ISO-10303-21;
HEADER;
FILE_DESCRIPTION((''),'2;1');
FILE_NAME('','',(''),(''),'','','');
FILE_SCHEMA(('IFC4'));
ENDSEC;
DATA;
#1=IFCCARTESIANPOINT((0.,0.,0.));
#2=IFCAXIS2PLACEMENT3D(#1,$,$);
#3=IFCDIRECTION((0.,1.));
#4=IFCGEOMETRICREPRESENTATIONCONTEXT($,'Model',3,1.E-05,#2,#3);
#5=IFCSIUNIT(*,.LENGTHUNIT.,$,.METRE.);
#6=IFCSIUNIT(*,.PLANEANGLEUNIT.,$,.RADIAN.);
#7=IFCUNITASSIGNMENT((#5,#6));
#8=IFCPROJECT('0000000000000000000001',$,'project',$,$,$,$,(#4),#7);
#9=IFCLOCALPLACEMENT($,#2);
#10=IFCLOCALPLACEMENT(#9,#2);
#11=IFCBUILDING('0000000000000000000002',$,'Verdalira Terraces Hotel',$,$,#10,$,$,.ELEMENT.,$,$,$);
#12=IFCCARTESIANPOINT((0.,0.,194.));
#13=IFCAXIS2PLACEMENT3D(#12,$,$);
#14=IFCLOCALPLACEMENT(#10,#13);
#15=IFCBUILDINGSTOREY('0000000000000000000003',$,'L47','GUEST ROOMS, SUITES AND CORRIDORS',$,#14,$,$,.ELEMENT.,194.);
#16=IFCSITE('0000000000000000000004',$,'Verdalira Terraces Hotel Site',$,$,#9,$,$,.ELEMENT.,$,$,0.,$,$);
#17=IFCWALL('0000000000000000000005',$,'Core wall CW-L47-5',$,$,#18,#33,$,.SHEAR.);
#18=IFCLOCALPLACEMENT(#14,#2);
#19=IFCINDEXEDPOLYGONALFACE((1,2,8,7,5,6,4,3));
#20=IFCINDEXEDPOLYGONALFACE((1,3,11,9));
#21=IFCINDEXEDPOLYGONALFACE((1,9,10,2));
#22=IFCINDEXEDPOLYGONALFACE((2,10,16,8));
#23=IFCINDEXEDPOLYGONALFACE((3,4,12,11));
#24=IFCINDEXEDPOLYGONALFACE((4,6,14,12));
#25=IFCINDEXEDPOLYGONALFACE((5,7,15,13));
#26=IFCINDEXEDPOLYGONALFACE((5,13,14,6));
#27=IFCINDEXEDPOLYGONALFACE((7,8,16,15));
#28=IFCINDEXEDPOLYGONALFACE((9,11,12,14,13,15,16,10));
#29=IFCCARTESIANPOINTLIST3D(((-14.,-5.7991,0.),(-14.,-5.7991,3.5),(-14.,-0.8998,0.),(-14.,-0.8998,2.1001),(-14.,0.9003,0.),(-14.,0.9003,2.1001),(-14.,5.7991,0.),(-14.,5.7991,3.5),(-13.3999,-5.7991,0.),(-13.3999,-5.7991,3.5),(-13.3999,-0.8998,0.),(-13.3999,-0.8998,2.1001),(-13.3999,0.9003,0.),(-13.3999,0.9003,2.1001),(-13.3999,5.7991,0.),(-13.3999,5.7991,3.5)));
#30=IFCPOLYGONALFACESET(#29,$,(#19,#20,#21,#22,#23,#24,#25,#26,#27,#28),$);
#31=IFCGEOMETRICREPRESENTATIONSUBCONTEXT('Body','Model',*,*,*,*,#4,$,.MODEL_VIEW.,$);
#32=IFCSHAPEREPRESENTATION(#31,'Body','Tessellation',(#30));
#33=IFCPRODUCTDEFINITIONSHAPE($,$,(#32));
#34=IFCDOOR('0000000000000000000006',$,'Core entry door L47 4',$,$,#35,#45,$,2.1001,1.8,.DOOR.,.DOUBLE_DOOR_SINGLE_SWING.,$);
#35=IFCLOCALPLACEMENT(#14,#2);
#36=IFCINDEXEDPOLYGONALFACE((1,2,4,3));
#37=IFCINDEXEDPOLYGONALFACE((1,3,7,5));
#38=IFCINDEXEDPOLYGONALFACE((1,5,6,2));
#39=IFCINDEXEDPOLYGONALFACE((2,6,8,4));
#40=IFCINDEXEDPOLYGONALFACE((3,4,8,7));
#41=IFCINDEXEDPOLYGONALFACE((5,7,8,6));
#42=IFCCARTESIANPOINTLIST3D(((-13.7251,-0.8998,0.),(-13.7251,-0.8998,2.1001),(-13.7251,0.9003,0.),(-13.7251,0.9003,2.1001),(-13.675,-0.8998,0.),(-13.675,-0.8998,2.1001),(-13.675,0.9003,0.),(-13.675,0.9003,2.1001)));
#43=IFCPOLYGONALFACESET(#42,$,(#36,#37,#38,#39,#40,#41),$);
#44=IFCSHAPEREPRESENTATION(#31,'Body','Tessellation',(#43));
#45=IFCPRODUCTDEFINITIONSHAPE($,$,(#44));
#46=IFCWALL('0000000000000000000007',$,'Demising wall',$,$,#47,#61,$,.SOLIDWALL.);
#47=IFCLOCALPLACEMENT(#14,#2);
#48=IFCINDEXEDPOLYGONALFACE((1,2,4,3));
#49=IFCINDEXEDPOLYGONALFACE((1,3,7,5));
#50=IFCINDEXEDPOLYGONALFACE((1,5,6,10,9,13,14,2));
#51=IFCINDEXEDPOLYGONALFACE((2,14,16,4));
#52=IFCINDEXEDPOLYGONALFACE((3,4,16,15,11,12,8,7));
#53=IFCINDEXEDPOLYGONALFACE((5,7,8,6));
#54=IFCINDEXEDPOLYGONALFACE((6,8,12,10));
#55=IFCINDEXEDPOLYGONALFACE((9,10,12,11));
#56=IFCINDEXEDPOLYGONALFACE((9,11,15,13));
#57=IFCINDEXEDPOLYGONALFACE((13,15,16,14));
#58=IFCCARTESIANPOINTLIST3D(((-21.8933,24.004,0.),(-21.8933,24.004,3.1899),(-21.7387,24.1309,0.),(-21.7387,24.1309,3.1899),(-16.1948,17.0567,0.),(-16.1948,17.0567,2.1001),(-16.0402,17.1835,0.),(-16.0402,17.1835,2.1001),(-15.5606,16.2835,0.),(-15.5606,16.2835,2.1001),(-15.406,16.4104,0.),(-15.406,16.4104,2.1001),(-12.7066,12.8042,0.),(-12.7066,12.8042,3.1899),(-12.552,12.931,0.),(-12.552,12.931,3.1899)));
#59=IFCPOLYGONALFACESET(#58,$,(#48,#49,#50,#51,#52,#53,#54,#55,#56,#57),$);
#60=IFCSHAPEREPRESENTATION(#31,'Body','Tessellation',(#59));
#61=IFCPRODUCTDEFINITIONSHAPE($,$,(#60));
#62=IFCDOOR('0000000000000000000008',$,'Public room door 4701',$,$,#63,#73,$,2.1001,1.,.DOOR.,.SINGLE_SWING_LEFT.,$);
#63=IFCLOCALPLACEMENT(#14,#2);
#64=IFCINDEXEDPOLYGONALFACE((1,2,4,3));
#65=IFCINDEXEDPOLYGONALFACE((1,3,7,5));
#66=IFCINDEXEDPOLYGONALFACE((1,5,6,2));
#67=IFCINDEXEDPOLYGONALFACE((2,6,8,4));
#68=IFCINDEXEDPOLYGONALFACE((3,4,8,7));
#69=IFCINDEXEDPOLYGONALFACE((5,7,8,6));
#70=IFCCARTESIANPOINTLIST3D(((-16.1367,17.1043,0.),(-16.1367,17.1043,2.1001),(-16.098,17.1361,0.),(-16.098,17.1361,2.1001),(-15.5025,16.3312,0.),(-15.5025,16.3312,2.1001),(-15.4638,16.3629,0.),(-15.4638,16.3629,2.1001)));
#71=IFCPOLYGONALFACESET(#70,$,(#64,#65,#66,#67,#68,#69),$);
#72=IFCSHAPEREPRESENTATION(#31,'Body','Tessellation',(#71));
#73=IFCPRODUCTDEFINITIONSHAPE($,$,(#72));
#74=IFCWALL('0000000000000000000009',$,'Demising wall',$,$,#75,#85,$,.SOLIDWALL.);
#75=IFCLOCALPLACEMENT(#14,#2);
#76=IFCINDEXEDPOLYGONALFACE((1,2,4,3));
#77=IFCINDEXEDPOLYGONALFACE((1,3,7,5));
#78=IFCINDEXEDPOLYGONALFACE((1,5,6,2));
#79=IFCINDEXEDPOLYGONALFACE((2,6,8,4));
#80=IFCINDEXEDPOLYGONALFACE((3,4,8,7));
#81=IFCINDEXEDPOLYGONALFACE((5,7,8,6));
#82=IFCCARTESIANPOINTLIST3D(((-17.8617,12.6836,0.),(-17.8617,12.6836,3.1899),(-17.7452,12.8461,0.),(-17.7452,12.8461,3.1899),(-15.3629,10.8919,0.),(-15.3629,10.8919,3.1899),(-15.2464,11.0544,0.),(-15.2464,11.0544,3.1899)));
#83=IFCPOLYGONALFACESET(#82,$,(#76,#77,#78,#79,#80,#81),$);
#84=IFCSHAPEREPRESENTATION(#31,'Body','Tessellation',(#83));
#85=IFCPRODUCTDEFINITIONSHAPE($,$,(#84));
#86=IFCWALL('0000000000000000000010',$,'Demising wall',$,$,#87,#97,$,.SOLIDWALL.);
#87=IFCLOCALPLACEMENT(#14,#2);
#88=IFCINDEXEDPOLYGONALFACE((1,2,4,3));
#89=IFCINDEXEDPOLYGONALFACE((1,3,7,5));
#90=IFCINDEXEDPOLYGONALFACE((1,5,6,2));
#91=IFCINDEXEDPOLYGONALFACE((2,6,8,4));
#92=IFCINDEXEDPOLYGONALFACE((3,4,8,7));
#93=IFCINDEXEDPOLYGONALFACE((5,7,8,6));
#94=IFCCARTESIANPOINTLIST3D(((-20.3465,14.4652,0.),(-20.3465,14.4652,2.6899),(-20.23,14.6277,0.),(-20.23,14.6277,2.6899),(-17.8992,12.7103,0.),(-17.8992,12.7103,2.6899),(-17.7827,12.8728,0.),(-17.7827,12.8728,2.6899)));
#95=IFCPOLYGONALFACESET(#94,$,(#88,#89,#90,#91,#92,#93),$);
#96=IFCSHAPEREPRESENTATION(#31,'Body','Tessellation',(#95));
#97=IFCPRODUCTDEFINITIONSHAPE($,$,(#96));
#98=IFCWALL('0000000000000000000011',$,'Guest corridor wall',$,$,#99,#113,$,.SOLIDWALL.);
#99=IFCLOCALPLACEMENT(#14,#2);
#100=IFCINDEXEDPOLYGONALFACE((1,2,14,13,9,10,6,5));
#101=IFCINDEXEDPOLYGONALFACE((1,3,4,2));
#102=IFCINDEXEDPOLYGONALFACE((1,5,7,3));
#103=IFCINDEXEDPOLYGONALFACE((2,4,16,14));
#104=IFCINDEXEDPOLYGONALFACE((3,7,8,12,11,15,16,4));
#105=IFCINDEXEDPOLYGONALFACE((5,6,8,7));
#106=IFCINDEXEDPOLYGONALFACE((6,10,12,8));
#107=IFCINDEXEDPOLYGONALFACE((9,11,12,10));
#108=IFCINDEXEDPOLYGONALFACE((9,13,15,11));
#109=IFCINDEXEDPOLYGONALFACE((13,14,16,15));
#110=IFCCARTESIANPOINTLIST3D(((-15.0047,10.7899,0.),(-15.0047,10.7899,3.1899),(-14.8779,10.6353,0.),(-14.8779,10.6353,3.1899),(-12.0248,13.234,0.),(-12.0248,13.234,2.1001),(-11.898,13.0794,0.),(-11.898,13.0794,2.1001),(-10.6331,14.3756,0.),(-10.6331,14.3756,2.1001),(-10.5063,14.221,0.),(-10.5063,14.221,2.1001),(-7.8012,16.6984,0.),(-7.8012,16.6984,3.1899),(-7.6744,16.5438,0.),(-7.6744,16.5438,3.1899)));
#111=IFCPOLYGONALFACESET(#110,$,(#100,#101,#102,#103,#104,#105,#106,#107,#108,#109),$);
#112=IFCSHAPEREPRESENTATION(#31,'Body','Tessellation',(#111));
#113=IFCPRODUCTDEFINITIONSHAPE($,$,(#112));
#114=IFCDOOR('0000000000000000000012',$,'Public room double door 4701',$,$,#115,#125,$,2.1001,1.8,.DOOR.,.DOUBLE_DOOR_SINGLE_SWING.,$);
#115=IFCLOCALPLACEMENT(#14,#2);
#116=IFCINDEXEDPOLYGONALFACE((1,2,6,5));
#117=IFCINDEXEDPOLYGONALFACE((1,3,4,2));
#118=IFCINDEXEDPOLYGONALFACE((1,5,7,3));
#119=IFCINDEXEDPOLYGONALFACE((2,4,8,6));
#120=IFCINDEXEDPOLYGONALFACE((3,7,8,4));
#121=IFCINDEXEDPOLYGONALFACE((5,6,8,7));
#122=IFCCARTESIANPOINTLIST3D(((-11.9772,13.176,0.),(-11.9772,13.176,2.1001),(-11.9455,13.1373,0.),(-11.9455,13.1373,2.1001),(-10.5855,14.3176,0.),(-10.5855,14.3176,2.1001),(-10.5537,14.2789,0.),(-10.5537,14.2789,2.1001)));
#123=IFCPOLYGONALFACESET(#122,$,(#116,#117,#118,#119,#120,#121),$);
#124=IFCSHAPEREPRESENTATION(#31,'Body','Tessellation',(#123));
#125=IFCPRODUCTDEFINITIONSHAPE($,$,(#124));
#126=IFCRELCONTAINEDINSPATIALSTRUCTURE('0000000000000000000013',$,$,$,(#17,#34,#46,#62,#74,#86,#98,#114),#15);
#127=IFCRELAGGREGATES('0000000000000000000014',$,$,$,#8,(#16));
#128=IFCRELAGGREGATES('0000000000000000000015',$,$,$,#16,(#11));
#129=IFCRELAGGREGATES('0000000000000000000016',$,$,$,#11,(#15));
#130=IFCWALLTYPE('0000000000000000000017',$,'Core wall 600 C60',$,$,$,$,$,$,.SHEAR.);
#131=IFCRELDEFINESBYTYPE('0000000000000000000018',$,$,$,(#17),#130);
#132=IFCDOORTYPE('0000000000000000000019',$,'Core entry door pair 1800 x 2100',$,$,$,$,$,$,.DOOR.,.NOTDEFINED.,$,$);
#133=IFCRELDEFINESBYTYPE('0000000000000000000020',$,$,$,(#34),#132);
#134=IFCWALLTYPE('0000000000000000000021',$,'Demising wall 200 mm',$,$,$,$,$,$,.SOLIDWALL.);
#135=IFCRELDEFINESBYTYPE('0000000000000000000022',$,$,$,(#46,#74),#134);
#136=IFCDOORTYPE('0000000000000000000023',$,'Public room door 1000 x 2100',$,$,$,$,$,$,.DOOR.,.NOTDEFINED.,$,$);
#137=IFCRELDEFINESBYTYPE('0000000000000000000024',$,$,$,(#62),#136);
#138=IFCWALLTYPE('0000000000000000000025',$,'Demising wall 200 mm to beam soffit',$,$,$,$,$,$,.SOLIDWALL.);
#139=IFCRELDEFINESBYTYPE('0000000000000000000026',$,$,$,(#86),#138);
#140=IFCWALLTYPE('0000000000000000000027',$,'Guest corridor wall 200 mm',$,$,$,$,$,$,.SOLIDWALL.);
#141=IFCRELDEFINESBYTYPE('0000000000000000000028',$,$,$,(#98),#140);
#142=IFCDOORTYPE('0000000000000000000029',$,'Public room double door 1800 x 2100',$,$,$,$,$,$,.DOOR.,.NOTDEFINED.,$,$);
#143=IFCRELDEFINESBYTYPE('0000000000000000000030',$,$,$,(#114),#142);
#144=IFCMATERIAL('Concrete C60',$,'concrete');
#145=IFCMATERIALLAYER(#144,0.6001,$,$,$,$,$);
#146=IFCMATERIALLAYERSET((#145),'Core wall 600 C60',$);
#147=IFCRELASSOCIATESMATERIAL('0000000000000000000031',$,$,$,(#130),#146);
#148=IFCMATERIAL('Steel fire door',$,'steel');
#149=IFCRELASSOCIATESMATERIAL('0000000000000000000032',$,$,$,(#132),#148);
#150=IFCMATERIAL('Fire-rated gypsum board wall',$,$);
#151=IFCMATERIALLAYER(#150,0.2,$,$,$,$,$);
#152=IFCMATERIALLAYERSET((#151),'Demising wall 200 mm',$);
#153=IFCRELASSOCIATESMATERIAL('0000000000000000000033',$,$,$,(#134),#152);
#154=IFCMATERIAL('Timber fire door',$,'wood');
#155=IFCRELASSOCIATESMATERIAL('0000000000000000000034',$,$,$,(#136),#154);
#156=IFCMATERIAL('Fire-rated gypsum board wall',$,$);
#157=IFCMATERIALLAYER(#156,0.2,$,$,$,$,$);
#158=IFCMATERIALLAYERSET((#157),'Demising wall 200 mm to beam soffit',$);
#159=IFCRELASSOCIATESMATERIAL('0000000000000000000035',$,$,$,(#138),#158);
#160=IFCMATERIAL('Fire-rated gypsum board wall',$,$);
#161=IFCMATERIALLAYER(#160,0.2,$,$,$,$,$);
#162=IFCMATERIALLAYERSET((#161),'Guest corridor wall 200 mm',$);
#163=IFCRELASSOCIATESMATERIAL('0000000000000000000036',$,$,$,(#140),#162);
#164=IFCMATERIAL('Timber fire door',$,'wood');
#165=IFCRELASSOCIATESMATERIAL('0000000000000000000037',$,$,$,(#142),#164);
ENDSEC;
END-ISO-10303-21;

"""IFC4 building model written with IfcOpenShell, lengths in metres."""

from ifc_helpers import new_model, si_unit, direction, frame, frame_2d, origin, place, context, subcontext, project, spatial, rectangle, extrude, material, layer, layer_set, type_object, element, fill, save


model = new_model("IFC4")

# Units and contexts
model_context = context("Model", 3, precision=1e-05, world=origin(), true_north=direction((0.0, 1.0)))
body_context = subcontext(model_context, "Body", "Model", "MODEL_VIEW")
ifc_project = project(units=[si_unit("LENGTHUNIT", "METRE"), si_unit("PLANEANGLEUNIT", "RADIAN")], contexts=[model_context])

# Site, building, storey
site_placement = place(None, origin())
site = spatial("IfcSite", under=ifc_project, at=site_placement, Name="Verdalira Terraces Hotel Site", CompositionType="ELEMENT", RefElevation=0.0)
building_placement = place(site_placement, origin())
building = spatial("IfcBuilding", under=site, at=building_placement, Name="Verdalira Terraces Hotel", CompositionType="ELEMENT")
storey_placement = place(building_placement, frame((0.0, 0.0, 194.0)))
storey = spatial("IfcBuildingStorey", under=building, at=storey_placement, Name="L47", Description="GUEST ROOMS, SUITES AND CORRIDORS", CompositionType="ELEMENT", Elevation=194.0)

# Shared definitions
ifc_material_1 = material(Name="Concrete C60", Category="concrete")
ifc_layer_1 = layer(ifc_material_1, 0.6001)
ifc_layer_set_1 = layer_set([ifc_layer_1], Name="Core wall 600 C60")
wall_type_1 = type_object("IfcWallType", Name="Core wall 600 C60", PredefinedType="SHEAR", material=ifc_layer_set_1)

# Walls, openings, doors
wall_1_placement = place(storey_placement, frame((-13.7, 5.7991, 0.0), z_axis=(0.0, 0.0, 1.0), x_axis=(0.0, -1.0, 0.0)))
wall_1 = element("IfcWall", 1, at=wall_1_placement, inside=storey, type_object=wall_type_1, Name="Core wall CW-L47-5", PredefinedType="SHEAR", context=body_context, shape_type="SweptSolid", body=[
    extrude(rectangle(XDim=11.5981, YDim=0.6001, at=frame_2d((5.7991, 0.0))), origin(), (0.0, 0.0, 1.0), 3.5),
])
opening_1_placement = place(wall_1_placement, frame((4.8989, 0.0, 0.0)))
opening_1 = element("IfcOpeningElement", 2, at=opening_1_placement, cuts=wall_1, PredefinedType="OPENING", context=body_context, shape_type="SweptSolid", body=[
    extrude(rectangle(XDim=1.8, YDim=2.1001, at=frame_2d((0.8999, 1.05))), frame((0.0, 0.3101, 0.0), z_axis=(0.0, -1.0, 0.0), x_axis=(1.0, 0.0, 0.0)), (0.0, 0.0, 1.0), 0.6201),
])
ifc_material_2 = material(Name="Steel fire door", Category="steel")
door_type_1 = type_object("IfcDoorType", Name="Core entry door pair 1800 x 2100", OperationType="NOTDEFINED", PredefinedType="DOOR", material=ifc_material_2)
door_1_placement = place(opening_1_placement, origin())
door_1 = element("IfcDoor", 3, at=door_1_placement, inside=storey, type_object=door_type_1, Name="Core entry door L47 4", OperationType="DOUBLE_DOOR_SINGLE_SWING", OverallHeight=2.1001, OverallWidth=1.8, PredefinedType="DOOR", context=body_context, shape_type="SweptSolid", body=[
    extrude(rectangle(XDim=1.8, YDim=2.1001, at=frame_2d((0.8999, 1.05))), frame((0.0, 0.0249, 0.0), z_axis=(0.0, -1.0, 0.0), x_axis=(1.0, 0.0, 0.0)), (0.0, 0.0, 1.0), 0.05),
])
fill(opening_1, door_1)
ifc_material_3 = material(Name="Fire-rated gypsum board wall")
ifc_layer_2 = layer(ifc_material_3, 0.2)
ifc_layer_set_2 = layer_set([ifc_layer_2], Name="Demising wall 200 mm")
wall_type_2 = type_object("IfcWallType", Name="Demising wall 200 mm", PredefinedType="SOLIDWALL", material=ifc_layer_set_2)
wall_2_placement = place(storey_placement, frame((-12.6294, 12.8677, 0.0), z_axis=(0.0, 0.0, 1.0), x_axis=(-0.634195, 0.773173, 0.0)))
wall_2 = element("IfcWall", 4, at=wall_2_placement, inside=storey, type_object=wall_type_2, Name="Demising wall", PredefinedType="SOLIDWALL", context=body_context, shape_type="SweptSolid", body=[
    extrude(rectangle(XDim=14.4856, YDim=0.2, at=frame_2d((7.2427, 0.0))), origin(), (0.0, 0.0, 1.0), 3.1899),
])
opening_2_placement = place(wall_2_placement, frame((4.5, 0.0, 0.0)))
opening_2 = element("IfcOpeningElement", 5, at=opening_2_placement, cuts=wall_2, PredefinedType="OPENING", context=body_context, shape_type="SweptSolid", body=[
    extrude(rectangle(XDim=1.0, YDim=2.1001, at=frame_2d((0.5, 1.05))), frame((0.0, 0.1099, 0.0), z_axis=(0.0, -1.0, 0.0), x_axis=(1.0, 0.0, 0.0)), (0.0, 0.0, 1.0), 0.22),
])
ifc_material_4 = material(Name="Timber fire door", Category="wood")
door_type_2 = type_object("IfcDoorType", Name="Public room door 1000 x 2100", OperationType="NOTDEFINED", PredefinedType="DOOR", material=ifc_material_4)
door_2_placement = place(opening_2_placement, origin())
door_2 = element("IfcDoor", 6, at=door_2_placement, inside=storey, type_object=door_type_2, Name="Public room door 4701", OperationType="SINGLE_SWING_LEFT", OverallHeight=2.1001, OverallWidth=1.0, PredefinedType="DOOR", context=body_context, shape_type="SweptSolid", body=[
    extrude(rectangle(XDim=1.0, YDim=2.1001, at=frame_2d((0.5, 1.05))), frame((0.0, 0.0249, 0.0), z_axis=(0.0, -1.0, 0.0), x_axis=(1.0, 0.0, 0.0)), (0.0, 0.0, 1.0), 0.05),
])
fill(opening_2, door_2)

# Walls
wall_3_placement = place(storey_placement, frame((-15.3047, 10.9731, 0.0), z_axis=(0.0, 0.0, 1.0), x_axis=(-0.81267, 0.582724, 0.0)))
element("IfcWall", 7, at=wall_3_placement, inside=storey, type_object=wall_type_2, Name="Demising wall", PredefinedType="SOLIDWALL", context=body_context, shape_type="SweptSolid", body=[
    extrude(rectangle(XDim=3.0747, YDim=0.2, at=frame_2d((1.5374, 0.0))), origin(), (0.0, 0.0, 1.0), 3.1899),
])
ifc_material_5 = material(Name="Fire-rated gypsum board wall")
ifc_layer_3 = layer(ifc_material_5, 0.2)
ifc_layer_set_3 = layer_set([ifc_layer_3], Name="Demising wall 200 mm to beam soffit")
wall_type_3 = type_object("IfcWallType", Name="Demising wall 200 mm to beam soffit", PredefinedType="SOLIDWALL", material=ifc_layer_set_3)
wall_4_placement = place(storey_placement, frame((-17.8408, 12.7915, 0.0), z_axis=(0.0, 0.0, 1.0), x_axis=(-0.812658, 0.58274, 0.0)))
element("IfcWall", 8, at=wall_4_placement, inside=storey, type_object=wall_type_3, Name="Demising wall", PredefinedType="SOLIDWALL", context=body_context, shape_type="SweptSolid", body=[
    extrude(rectangle(XDim=3.0115, YDim=0.2, at=frame_2d((1.5059, 0.0))), origin(), (0.0, 0.0, 1.0), 2.6899),
])

# Wall, opening, door
ifc_material_6 = material(Name="Fire-rated gypsum board wall")
ifc_layer_4 = layer(ifc_material_6, 0.2)
ifc_layer_set_4 = layer_set([ifc_layer_4], Name="Guest corridor wall 200 mm")
wall_type_4 = type_object("IfcWallType", Name="Guest corridor wall 200 mm", PredefinedType="SOLIDWALL", material=ifc_layer_set_4)
wall_5_placement = place(storey_placement, frame((-14.9412, 10.7126, 0.0), z_axis=(0.0, 0.0, 1.0), x_axis=(0.773179, 0.634188, 0.0)))
wall_5 = element("IfcWall", 9, at=wall_5_placement, inside=storey, type_object=wall_type_4, Name="Guest corridor wall", PredefinedType="SOLIDWALL", context=body_context, shape_type="SweptSolid", body=[
    extrude(rectangle(XDim=9.3166, YDim=0.2, at=frame_2d((4.6582, 0.0))), origin(), (0.0, 0.0, 1.0), 3.1899),
])
opening_3_placement = place(wall_5_placement, frame((3.854, 0.0, 0.0)))
opening_3 = element("IfcOpeningElement", 10, at=opening_3_placement, cuts=wall_5, PredefinedType="OPENING", context=body_context, shape_type="SweptSolid", body=[
    extrude(rectangle(XDim=1.8, YDim=2.1001, at=frame_2d((0.8999, 1.05))), frame((0.0, 0.1099, 0.0), z_axis=(0.0, -1.0, 0.0), x_axis=(1.0, 0.0, 0.0)), (0.0, 0.0, 1.0), 0.22),
])
ifc_material_7 = material(Name="Timber fire door", Category="wood")
door_type_3 = type_object("IfcDoorType", Name="Public room double door 1800 x 2100", OperationType="NOTDEFINED", PredefinedType="DOOR", material=ifc_material_7)
door_3_placement = place(opening_3_placement, origin())
door_3 = element("IfcDoor", 11, at=door_3_placement, inside=storey, type_object=door_type_3, Name="Public room double door 4701", OperationType="DOUBLE_DOOR_SINGLE_SWING", OverallHeight=2.1001, OverallWidth=1.8, PredefinedType="DOOR", context=body_context, shape_type="SweptSolid", body=[
    extrude(rectangle(XDim=1.8, YDim=2.1001, at=frame_2d((0.8999, 1.05))), frame((0.0, 0.0249, 0.0), z_axis=(0.0, -1.0, 0.0), x_axis=(1.0, 0.0, 0.0)), (0.0, 0.0, 1.0), 0.05),
])
fill(opening_3, door_3)

save(model, "model.ifc")
